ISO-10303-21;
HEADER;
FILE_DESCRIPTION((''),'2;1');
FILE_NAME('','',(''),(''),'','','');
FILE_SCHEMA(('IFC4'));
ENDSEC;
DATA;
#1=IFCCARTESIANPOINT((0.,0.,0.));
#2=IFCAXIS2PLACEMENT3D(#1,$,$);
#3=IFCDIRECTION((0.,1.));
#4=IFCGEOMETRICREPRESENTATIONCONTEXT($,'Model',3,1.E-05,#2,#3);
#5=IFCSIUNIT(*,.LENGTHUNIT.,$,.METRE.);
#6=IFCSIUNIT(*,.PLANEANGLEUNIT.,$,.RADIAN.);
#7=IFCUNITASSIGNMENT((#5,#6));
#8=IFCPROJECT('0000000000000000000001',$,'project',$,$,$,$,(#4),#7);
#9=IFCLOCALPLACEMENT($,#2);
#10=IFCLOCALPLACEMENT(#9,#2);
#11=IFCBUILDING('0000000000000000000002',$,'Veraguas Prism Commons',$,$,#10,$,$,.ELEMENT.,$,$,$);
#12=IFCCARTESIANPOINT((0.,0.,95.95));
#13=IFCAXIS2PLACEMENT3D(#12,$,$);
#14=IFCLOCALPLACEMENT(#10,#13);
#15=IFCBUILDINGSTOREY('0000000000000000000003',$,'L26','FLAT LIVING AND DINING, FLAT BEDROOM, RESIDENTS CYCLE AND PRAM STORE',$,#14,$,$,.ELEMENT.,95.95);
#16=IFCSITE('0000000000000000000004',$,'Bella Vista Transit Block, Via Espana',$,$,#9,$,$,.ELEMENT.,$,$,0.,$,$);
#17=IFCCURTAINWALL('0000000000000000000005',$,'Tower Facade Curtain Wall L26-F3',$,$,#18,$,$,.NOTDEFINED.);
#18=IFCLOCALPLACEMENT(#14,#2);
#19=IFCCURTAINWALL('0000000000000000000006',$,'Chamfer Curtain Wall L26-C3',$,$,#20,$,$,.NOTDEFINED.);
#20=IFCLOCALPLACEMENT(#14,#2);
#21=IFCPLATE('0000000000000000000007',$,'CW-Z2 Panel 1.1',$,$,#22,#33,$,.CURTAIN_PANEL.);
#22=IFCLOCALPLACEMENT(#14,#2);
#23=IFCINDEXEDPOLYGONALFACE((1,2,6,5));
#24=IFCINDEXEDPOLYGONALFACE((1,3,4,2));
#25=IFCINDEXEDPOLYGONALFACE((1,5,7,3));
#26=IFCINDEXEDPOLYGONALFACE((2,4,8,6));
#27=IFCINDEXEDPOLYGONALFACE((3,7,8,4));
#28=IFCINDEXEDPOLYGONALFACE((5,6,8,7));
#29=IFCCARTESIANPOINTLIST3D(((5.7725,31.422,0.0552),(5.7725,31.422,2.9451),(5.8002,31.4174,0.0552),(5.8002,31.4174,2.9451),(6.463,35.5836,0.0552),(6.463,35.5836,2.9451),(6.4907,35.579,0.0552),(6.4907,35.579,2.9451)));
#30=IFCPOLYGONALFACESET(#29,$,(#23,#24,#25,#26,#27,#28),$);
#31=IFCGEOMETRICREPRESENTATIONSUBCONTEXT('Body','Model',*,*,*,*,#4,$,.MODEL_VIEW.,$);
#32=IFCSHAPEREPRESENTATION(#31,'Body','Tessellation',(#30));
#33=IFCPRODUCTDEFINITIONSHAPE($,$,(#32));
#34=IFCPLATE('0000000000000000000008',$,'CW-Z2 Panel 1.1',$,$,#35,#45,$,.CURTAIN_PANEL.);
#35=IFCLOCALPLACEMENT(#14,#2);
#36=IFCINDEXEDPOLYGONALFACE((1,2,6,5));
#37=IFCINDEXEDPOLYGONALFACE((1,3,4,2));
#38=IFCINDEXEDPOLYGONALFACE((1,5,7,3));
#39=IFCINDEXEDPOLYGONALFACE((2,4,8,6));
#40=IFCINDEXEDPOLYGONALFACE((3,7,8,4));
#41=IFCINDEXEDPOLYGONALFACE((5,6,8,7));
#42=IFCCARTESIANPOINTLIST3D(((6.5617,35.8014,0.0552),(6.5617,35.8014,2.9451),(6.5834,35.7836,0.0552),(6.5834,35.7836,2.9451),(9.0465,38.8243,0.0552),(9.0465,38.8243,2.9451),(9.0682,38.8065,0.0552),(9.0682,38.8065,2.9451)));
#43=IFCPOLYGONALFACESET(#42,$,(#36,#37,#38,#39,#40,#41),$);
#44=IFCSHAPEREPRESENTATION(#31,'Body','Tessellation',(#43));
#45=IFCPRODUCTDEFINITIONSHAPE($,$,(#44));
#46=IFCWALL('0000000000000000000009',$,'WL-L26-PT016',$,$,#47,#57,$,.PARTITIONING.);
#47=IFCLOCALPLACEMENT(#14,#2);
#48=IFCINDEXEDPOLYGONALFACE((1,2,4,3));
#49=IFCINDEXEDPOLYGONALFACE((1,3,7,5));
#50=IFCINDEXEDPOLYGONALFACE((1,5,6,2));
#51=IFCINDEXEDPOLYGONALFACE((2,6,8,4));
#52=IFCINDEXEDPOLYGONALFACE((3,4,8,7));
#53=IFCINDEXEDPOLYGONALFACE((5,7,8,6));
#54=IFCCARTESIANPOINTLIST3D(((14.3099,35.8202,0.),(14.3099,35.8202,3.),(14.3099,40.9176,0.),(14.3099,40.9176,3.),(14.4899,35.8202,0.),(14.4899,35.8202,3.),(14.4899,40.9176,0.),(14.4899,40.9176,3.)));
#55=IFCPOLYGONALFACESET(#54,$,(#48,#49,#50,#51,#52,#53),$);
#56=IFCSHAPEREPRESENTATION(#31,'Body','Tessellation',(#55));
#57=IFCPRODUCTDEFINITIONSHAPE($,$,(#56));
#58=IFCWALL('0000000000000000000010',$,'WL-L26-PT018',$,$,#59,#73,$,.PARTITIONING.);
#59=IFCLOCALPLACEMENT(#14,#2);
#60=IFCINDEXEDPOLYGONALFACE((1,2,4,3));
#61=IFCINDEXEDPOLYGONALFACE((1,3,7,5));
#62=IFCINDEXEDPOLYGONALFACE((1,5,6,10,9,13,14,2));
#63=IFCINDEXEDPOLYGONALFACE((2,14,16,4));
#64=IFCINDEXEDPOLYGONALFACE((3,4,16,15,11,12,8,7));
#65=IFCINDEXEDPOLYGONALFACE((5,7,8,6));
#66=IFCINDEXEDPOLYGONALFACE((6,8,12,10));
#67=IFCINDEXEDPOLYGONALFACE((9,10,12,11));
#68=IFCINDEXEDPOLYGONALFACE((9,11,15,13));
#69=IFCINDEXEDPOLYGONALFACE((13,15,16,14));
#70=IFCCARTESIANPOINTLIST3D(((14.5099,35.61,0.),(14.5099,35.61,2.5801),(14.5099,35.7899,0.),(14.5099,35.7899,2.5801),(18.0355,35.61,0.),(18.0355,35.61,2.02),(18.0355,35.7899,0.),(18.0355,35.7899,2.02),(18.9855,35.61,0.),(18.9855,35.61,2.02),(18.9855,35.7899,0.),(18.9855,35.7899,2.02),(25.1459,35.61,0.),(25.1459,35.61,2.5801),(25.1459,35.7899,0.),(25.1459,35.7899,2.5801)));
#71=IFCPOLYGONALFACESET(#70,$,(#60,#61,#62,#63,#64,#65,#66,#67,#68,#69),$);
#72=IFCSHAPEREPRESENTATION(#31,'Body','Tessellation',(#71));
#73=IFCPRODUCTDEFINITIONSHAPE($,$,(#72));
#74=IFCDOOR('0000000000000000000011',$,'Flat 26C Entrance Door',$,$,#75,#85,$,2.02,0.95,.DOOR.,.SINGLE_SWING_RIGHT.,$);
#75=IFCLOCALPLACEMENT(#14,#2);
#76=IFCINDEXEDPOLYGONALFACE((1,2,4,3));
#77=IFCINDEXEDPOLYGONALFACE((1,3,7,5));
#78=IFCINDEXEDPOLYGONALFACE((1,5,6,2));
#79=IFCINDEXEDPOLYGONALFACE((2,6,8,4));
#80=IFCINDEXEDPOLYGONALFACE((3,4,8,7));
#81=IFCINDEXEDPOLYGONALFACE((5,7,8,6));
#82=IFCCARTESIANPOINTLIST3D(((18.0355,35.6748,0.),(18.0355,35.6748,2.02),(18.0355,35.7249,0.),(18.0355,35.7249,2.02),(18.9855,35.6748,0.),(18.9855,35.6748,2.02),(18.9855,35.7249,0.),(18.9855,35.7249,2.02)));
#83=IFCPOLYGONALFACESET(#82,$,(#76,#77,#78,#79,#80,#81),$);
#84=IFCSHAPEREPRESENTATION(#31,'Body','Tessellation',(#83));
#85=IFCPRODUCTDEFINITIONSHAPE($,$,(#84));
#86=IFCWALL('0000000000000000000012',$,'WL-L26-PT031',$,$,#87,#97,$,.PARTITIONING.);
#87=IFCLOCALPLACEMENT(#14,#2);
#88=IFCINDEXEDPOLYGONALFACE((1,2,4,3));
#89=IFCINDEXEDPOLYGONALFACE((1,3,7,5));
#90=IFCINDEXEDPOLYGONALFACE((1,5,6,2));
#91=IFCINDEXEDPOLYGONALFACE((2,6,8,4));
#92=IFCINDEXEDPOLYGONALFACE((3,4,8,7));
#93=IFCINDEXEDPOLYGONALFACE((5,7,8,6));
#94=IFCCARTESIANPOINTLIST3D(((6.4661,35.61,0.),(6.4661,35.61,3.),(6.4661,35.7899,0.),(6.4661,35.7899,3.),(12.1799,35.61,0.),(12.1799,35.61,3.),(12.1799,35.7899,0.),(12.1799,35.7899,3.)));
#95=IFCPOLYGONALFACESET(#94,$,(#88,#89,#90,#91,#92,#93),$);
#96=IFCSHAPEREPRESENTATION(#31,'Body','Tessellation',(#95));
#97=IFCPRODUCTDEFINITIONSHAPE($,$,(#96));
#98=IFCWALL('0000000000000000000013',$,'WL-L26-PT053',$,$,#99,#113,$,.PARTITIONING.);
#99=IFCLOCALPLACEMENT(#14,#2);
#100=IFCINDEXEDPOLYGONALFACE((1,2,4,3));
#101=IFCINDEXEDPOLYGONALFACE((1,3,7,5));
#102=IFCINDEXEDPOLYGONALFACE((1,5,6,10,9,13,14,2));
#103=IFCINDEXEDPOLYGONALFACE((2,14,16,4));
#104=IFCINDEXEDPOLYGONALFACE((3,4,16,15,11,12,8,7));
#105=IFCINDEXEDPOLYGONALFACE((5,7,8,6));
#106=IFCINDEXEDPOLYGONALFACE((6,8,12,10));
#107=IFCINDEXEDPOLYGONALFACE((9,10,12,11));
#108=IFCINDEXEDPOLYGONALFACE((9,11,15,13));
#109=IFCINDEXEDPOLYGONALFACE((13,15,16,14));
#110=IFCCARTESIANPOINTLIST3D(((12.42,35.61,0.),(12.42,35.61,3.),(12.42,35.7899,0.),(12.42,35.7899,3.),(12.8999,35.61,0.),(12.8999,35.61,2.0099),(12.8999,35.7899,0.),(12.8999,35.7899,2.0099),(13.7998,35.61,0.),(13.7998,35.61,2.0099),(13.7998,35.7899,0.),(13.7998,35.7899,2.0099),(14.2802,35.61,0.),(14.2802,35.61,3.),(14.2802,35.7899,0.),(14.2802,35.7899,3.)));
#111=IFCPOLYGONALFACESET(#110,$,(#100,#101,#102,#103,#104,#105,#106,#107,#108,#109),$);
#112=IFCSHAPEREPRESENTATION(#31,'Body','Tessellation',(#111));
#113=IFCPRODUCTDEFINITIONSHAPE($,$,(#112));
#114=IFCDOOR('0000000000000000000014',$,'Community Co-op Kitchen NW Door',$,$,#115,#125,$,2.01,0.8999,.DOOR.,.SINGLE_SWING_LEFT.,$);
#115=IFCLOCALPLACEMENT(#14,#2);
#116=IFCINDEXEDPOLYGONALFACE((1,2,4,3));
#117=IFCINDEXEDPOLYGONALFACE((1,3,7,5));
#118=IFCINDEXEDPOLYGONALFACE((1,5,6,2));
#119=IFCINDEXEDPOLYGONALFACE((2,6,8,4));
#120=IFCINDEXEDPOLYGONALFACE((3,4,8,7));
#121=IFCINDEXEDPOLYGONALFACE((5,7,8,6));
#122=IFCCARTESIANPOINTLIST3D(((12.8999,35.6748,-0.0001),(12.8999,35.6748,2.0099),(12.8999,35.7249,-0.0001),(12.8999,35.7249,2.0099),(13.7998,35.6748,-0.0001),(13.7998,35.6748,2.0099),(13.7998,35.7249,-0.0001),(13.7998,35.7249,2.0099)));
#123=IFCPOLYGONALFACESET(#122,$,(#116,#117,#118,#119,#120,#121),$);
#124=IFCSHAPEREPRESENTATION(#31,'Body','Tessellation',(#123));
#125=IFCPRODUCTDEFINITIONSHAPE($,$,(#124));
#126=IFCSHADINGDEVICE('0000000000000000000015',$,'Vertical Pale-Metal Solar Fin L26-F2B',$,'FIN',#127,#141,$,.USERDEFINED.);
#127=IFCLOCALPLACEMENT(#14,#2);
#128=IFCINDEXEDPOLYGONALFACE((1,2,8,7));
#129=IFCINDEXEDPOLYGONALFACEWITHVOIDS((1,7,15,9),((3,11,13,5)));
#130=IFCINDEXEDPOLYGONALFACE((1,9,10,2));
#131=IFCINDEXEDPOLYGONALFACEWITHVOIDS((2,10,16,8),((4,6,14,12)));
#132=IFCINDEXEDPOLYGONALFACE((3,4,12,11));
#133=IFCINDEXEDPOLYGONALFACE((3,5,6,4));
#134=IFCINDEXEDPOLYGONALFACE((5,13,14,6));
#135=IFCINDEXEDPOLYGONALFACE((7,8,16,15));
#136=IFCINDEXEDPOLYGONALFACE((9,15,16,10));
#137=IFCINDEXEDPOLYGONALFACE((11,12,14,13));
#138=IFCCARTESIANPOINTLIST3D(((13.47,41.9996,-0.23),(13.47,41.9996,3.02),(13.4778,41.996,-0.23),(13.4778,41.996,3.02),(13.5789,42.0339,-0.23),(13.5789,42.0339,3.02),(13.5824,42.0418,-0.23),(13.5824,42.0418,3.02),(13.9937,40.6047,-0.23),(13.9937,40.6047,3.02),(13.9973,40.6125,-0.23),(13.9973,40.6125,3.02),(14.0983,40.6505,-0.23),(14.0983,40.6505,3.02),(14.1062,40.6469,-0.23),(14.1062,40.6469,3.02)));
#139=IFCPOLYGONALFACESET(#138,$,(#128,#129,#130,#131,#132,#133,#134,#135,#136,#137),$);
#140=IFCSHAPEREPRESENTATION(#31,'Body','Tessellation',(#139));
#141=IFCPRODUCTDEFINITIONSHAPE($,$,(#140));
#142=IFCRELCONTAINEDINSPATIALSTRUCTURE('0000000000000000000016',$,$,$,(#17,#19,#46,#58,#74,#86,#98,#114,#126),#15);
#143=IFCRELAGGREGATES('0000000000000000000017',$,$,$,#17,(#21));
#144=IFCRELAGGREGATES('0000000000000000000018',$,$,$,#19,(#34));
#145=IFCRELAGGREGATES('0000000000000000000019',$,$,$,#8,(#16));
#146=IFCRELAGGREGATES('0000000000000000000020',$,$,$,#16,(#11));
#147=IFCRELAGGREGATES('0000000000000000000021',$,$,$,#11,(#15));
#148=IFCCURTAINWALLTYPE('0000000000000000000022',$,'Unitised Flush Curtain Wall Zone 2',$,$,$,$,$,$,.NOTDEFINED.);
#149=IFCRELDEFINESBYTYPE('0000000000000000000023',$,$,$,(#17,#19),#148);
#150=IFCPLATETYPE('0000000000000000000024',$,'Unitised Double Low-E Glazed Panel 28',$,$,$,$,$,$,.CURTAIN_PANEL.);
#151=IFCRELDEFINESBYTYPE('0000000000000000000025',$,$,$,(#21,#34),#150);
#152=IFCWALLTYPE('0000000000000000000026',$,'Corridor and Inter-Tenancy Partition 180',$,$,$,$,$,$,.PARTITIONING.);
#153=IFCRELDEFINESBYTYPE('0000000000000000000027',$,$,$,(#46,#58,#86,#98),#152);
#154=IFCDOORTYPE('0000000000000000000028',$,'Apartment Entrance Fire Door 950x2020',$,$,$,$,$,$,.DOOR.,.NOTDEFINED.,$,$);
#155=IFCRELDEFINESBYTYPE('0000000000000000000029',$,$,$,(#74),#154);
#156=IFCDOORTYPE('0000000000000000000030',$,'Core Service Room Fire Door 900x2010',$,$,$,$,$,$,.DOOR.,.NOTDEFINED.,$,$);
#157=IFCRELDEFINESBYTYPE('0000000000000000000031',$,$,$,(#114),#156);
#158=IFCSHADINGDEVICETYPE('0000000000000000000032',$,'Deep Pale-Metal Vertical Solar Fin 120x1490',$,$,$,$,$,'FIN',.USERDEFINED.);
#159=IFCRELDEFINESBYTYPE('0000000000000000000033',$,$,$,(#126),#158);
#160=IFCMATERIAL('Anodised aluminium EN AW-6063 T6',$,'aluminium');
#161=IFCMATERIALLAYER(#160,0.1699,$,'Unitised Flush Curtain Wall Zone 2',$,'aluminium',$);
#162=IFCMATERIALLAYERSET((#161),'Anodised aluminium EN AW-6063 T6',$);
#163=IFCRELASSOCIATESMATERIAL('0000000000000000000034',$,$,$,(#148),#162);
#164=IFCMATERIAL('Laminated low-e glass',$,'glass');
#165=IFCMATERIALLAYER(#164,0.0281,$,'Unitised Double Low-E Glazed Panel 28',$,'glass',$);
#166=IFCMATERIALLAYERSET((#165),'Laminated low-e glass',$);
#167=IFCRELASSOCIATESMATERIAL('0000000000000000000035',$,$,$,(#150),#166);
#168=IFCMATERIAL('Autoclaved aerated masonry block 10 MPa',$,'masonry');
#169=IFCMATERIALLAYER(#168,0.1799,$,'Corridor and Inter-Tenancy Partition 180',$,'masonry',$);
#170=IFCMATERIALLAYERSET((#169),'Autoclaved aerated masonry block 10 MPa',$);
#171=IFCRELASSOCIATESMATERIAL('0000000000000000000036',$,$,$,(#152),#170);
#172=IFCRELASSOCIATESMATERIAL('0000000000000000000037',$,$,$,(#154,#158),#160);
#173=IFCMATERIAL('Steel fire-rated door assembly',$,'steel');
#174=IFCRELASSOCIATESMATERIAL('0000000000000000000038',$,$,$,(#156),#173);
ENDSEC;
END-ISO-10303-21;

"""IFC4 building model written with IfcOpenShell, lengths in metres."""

from ifc_helpers import new_model, si_unit, direction, frame, frame_2d, origin, origin_2d, place, context, subcontext, project, spatial, rectangle, hollow_rectangle, extrude, source, transform, mapped, material, layer, layer_set, material_profile, profile_set, type_object, element, fill, aggregate, save


model = new_model("IFC4")

# Units and contexts
model_context = context("Model", 3, precision=1e-05, world=origin(), true_north=direction((0.0, 1.0)))
body_context = subcontext(model_context, "Body", "Model", "MODEL_VIEW")
ifc_project = project(units=[si_unit("LENGTHUNIT", "METRE"), si_unit("PLANEANGLEUNIT", "RADIAN")], contexts=[model_context])

# Site, building, storey
site_placement = place(None, origin())
site = spatial("IfcSite", under=ifc_project, at=site_placement, Name="Bella Vista Transit Block, Via Espana", CompositionType="ELEMENT", RefElevation=0.0)
building_placement = place(site_placement, origin())
building = spatial("IfcBuilding", under=site, at=building_placement, Name="Veraguas Prism Commons", CompositionType="ELEMENT")
storey_placement = place(building_placement, frame((0.0, 0.0, 95.95)))
storey = spatial("IfcBuildingStorey", under=building, at=storey_placement, Name="L26", Description="FLAT LIVING AND DINING, FLAT BEDROOM, RESIDENTS CYCLE AND PRAM STORE", CompositionType="ELEMENT", Elevation=95.95)

# Curtain walls
ifc_material_1 = material(Name="Anodised aluminium EN AW-6063 T6", Category="aluminium")
ifc_layer_1 = layer(ifc_material_1, 0.1699, Name="Unitised Flush Curtain Wall Zone 2", Category="aluminium")
ifc_layer_set_1 = layer_set([ifc_layer_1], Name="Anodised aluminium EN AW-6063 T6")
curtain_wall_type = type_object("IfcCurtainWallType", Name="Unitised Flush Curtain Wall Zone 2", PredefinedType="NOTDEFINED", material=ifc_layer_set_1)
curtain_wall_1_placement = place(storey_placement, origin())
curtain_wall_1 = element("IfcCurtainWall", 1, at=curtain_wall_1_placement, inside=storey, type_object=curtain_wall_type, Name="Tower Facade Curtain Wall L26-F3", PredefinedType="NOTDEFINED")
curtain_wall_2_placement = place(storey_placement, origin())
curtain_wall_2 = element("IfcCurtainWall", 2, at=curtain_wall_2_placement, inside=storey, type_object=curtain_wall_type, Name="Chamfer Curtain Wall L26-C3", PredefinedType="NOTDEFINED")

# Plates
ifc_material_2 = material(Name="Laminated low-e glass", Category="glass")
ifc_layer_2 = layer(ifc_material_2, 0.0281, Name="Unitised Double Low-E Glazed Panel 28", Category="glass")
ifc_layer_set_2 = layer_set([ifc_layer_2], Name="Laminated low-e glass")
plate_type = type_object("IfcPlateType", Name="Unitised Double Low-E Glazed Panel 28", PredefinedType="CURTAIN_PANEL", material=ifc_layer_set_2)
shared_shape_1 = source(origin(), body_context, "Body", "SweptSolid", [
    extrude(rectangle(XDim=4.2185, YDim=0.0281, at=origin_2d()), origin(), (0.0, 0.0, 1.0), 2.8899),
])
plate_1_placement = place(storey_placement, frame((6.1316, 33.5005, 0.0552), z_axis=(0.0, 0.0, 1.0), x_axis=(-0.163672, -0.986515, 0.0)))
plate_1 = element("IfcPlate", 3, at=plate_1_placement, type_object=plate_type, Name="CW-Z2 Panel 1.1", PredefinedType="CURTAIN_PANEL", context=body_context, shape_type="MappedRepresentation", body=[
    mapped(shared_shape_1, transform((0.0, 0.0, 0.0), scale=1.0)),
])
aggregate(curtain_wall_1, [plate_1])
shared_shape_2 = source(origin(), body_context, "Body", "SweptSolid", [
    extrude(rectangle(XDim=3.9131, YDim=0.0281, at=origin_2d()), origin(), (0.0, 0.0, 1.0), 2.8899),
])
plate_2_placement = place(storey_placement, frame((7.8149, 37.304, 0.0552), z_axis=(0.0, 0.0, 1.0), x_axis=(-0.635012, -0.772502, 0.0)))
plate_2 = element("IfcPlate", 4, at=plate_2_placement, type_object=plate_type, Name="CW-Z2 Panel 1.1", PredefinedType="CURTAIN_PANEL", context=body_context, shape_type="MappedRepresentation", body=[
    mapped(shared_shape_2, transform((0.0, 0.0, 0.0), scale=1.0)),
])
aggregate(curtain_wall_2, [plate_2])

# Wall
ifc_material_3 = material(Name="Autoclaved aerated masonry block 10 MPa", Category="masonry")
ifc_layer_3 = layer(ifc_material_3, 0.1799, Name="Corridor and Inter-Tenancy Partition 180", Category="masonry")
ifc_layer_set_3 = layer_set([ifc_layer_3], Name="Autoclaved aerated masonry block 10 MPa")
wall_type = type_object("IfcWallType", Name="Corridor and Inter-Tenancy Partition 180", PredefinedType="PARTITIONING", material=ifc_layer_set_3)
wall_1_placement = place(storey_placement, frame((14.3999, 35.8201, 0.0), z_axis=(0.0, 0.0, 1.0), x_axis=(0.0, 1.0, 0.0)))
element("IfcWall", 5, at=wall_1_placement, inside=storey, type_object=wall_type, Name="WL-L26-PT016", PredefinedType="PARTITIONING", context=body_context, shape_type="SweptSolid", body=[
    extrude(rectangle(XDim=5.0974, YDim=0.1799, at=frame_2d((2.5488, 0.0))), origin(), (0.0, 0.0, 1.0), 3.0),
])

# Wall, opening, door
wall_2_placement = place(storey_placement, frame((14.51, 35.7, 0.0), z_axis=(0.0, 0.0, 1.0), x_axis=(1.0, 0.0, 0.0)))
wall_2 = element("IfcWall", 6, at=wall_2_placement, inside=storey, type_object=wall_type, Name="WL-L26-PT018", PredefinedType="PARTITIONING", context=body_context, shape_type="SweptSolid", body=[
    extrude(rectangle(XDim=10.636, YDim=0.1799, at=frame_2d((5.3179, 0.0))), origin(), (0.0, 0.0, 1.0), 2.5801),
])
opening_1_placement = place(wall_2_placement, frame((3.5254, 0.0, 0.0)))
opening_1 = element("IfcOpeningElement", 7, at=opening_1_placement, cuts=wall_2, PredefinedType="OPENING", context=body_context, shape_type="SweptSolid", body=[
    extrude(rectangle(XDim=0.95, YDim=2.02, at=frame_2d((0.4751, 1.01))), frame((0.0, 0.0999, 0.0), z_axis=(0.0, -1.0, 0.0), x_axis=(1.0, 0.0, 0.0)), (0.0, 0.0, 1.0), 0.2),
])
door_type_1 = type_object("IfcDoorType", Name="Apartment Entrance Fire Door 950x2020", OperationType="NOTDEFINED", PredefinedType="DOOR", material=ifc_material_1)
shared_shape_3 = source(origin(), body_context, "Body", "SweptSolid", [
    extrude(rectangle(XDim=0.95, YDim=2.02, at=frame_2d((0.4751, 1.01))), frame((0.0, 0.0249, 0.0), z_axis=(0.0, -1.0, 0.0), x_axis=(1.0, 0.0, 0.0)), (0.0, 0.0, 1.0), 0.05),
])
door_1_placement = place(opening_1_placement, origin())
door_1 = element("IfcDoor", 8, at=door_1_placement, inside=storey, type_object=door_type_1, Name="Flat 26C Entrance Door", OperationType="SINGLE_SWING_RIGHT", OverallHeight=2.02, OverallWidth=0.95, PredefinedType="DOOR", context=body_context, shape_type="MappedRepresentation", body=[
    mapped(shared_shape_3, transform((0.0, 0.0, 0.0), scale=1.0)),
])
fill(opening_1, door_1)

# Wall
wall_3_placement = place(storey_placement, frame((12.1799, 35.7, 0.0), z_axis=(0.0, 0.0, 1.0), x_axis=(-1.0, 0.0, 0.0)))
element("IfcWall", 9, at=wall_3_placement, inside=storey, type_object=wall_type, Name="WL-L26-PT031", PredefinedType="PARTITIONING", context=body_context, shape_type="SweptSolid", body=[
    extrude(rectangle(XDim=5.7139, YDim=0.1799, at=frame_2d((2.8569, 0.0))), origin(), (0.0, 0.0, 1.0), 3.0),
])

# Wall, opening, door
wall_4_placement = place(storey_placement, frame((12.4199, 35.7, 0.0), z_axis=(0.0, 0.0, 1.0), x_axis=(1.0, 0.0, 0.0)))
wall_4 = element("IfcWall", 10, at=wall_4_placement, inside=storey, type_object=wall_type, Name="WL-L26-PT053", PredefinedType="PARTITIONING", context=body_context, shape_type="SweptSolid", body=[
    extrude(rectangle(XDim=1.8601, YDim=0.1799, at=frame_2d((0.9302, 0.0))), origin(), (0.0, 0.0, 1.0), 3.0),
])
opening_2_placement = place(wall_4_placement, frame((0.48, 0.0, 0.0)))
opening_2 = element("IfcOpeningElement", 11, at=opening_2_placement, cuts=wall_4, PredefinedType="OPENING", context=body_context, shape_type="SweptSolid", body=[
    extrude(rectangle(XDim=0.8999, YDim=2.01, at=frame_2d((0.45, 1.0049))), frame((0.0, 0.0999, 0.0), z_axis=(0.0, -1.0, 0.0), x_axis=(1.0, 0.0, 0.0)), (0.0, 0.0, 1.0), 0.2),
])
ifc_material_4 = material(Name="Steel fire-rated door assembly", Category="steel")
door_type_2 = type_object("IfcDoorType", Name="Core Service Room Fire Door 900x2010", OperationType="NOTDEFINED", PredefinedType="DOOR", material=ifc_material_4)
shared_shape_4 = source(origin(), body_context, "Body", "SweptSolid", [
    extrude(rectangle(XDim=0.8999, YDim=2.01, at=frame_2d((0.45, 1.0049))), frame((0.0, 0.0249, 0.0), z_axis=(0.0, -1.0, 0.0), x_axis=(1.0, 0.0, 0.0)), (0.0, 0.0, 1.0), 0.05),
])
door_2_placement = place(opening_2_placement, origin())
door_2 = element("IfcDoor", 12, at=door_2_placement, inside=storey, type_object=door_type_2, Name="Community Co-op Kitchen NW Door", OperationType="SINGLE_SWING_LEFT", OverallHeight=2.01, OverallWidth=0.8999, PredefinedType="DOOR", context=body_context, shape_type="MappedRepresentation", body=[
    mapped(shared_shape_4, transform((0.0, 0.0, 0.0), scale=1.0)),
])
fill(opening_2, door_2)

# Shading device
ifc_material_profile_1 = material_profile(ifc_material_1, hollow_rectangle(XDim=0.1201, YDim=1.49, WallThickness=0.0061, at=origin_2d()), Name="FIN120X1490X6")
ifc_profile_set_1 = profile_set([ifc_material_profile_1], Name="Anodised aluminium EN AW-6063 T6")
shading_device_type = type_object("IfcShadingDeviceType", Name="Deep Pale-Metal Vertical Solar Fin 120x1490", ElementType="FIN", PredefinedType="USERDEFINED", material=ifc_profile_set_1)
shading_device_placement = place(storey_placement, frame((13.7881, 41.3232, -0.23), z_axis=(0.0, 0.0, 1.0), x_axis=(-0.936183, -0.351513, 0.0)))
element("IfcShadingDevice", 13, at=shading_device_placement, inside=storey, type_object=shading_device_type, Name="Vertical Pale-Metal Solar Fin L26-F2B", ObjectType="FIN", PredefinedType="USERDEFINED", context=body_context, shape_type="SweptSolid", body=[
    extrude(hollow_rectangle(XDim=0.1201, YDim=1.49, WallThickness=0.0061, at=origin_2d()), origin(), (0.0, 0.0, 1.0), 3.25),
])

save(model, "model.ifc")
